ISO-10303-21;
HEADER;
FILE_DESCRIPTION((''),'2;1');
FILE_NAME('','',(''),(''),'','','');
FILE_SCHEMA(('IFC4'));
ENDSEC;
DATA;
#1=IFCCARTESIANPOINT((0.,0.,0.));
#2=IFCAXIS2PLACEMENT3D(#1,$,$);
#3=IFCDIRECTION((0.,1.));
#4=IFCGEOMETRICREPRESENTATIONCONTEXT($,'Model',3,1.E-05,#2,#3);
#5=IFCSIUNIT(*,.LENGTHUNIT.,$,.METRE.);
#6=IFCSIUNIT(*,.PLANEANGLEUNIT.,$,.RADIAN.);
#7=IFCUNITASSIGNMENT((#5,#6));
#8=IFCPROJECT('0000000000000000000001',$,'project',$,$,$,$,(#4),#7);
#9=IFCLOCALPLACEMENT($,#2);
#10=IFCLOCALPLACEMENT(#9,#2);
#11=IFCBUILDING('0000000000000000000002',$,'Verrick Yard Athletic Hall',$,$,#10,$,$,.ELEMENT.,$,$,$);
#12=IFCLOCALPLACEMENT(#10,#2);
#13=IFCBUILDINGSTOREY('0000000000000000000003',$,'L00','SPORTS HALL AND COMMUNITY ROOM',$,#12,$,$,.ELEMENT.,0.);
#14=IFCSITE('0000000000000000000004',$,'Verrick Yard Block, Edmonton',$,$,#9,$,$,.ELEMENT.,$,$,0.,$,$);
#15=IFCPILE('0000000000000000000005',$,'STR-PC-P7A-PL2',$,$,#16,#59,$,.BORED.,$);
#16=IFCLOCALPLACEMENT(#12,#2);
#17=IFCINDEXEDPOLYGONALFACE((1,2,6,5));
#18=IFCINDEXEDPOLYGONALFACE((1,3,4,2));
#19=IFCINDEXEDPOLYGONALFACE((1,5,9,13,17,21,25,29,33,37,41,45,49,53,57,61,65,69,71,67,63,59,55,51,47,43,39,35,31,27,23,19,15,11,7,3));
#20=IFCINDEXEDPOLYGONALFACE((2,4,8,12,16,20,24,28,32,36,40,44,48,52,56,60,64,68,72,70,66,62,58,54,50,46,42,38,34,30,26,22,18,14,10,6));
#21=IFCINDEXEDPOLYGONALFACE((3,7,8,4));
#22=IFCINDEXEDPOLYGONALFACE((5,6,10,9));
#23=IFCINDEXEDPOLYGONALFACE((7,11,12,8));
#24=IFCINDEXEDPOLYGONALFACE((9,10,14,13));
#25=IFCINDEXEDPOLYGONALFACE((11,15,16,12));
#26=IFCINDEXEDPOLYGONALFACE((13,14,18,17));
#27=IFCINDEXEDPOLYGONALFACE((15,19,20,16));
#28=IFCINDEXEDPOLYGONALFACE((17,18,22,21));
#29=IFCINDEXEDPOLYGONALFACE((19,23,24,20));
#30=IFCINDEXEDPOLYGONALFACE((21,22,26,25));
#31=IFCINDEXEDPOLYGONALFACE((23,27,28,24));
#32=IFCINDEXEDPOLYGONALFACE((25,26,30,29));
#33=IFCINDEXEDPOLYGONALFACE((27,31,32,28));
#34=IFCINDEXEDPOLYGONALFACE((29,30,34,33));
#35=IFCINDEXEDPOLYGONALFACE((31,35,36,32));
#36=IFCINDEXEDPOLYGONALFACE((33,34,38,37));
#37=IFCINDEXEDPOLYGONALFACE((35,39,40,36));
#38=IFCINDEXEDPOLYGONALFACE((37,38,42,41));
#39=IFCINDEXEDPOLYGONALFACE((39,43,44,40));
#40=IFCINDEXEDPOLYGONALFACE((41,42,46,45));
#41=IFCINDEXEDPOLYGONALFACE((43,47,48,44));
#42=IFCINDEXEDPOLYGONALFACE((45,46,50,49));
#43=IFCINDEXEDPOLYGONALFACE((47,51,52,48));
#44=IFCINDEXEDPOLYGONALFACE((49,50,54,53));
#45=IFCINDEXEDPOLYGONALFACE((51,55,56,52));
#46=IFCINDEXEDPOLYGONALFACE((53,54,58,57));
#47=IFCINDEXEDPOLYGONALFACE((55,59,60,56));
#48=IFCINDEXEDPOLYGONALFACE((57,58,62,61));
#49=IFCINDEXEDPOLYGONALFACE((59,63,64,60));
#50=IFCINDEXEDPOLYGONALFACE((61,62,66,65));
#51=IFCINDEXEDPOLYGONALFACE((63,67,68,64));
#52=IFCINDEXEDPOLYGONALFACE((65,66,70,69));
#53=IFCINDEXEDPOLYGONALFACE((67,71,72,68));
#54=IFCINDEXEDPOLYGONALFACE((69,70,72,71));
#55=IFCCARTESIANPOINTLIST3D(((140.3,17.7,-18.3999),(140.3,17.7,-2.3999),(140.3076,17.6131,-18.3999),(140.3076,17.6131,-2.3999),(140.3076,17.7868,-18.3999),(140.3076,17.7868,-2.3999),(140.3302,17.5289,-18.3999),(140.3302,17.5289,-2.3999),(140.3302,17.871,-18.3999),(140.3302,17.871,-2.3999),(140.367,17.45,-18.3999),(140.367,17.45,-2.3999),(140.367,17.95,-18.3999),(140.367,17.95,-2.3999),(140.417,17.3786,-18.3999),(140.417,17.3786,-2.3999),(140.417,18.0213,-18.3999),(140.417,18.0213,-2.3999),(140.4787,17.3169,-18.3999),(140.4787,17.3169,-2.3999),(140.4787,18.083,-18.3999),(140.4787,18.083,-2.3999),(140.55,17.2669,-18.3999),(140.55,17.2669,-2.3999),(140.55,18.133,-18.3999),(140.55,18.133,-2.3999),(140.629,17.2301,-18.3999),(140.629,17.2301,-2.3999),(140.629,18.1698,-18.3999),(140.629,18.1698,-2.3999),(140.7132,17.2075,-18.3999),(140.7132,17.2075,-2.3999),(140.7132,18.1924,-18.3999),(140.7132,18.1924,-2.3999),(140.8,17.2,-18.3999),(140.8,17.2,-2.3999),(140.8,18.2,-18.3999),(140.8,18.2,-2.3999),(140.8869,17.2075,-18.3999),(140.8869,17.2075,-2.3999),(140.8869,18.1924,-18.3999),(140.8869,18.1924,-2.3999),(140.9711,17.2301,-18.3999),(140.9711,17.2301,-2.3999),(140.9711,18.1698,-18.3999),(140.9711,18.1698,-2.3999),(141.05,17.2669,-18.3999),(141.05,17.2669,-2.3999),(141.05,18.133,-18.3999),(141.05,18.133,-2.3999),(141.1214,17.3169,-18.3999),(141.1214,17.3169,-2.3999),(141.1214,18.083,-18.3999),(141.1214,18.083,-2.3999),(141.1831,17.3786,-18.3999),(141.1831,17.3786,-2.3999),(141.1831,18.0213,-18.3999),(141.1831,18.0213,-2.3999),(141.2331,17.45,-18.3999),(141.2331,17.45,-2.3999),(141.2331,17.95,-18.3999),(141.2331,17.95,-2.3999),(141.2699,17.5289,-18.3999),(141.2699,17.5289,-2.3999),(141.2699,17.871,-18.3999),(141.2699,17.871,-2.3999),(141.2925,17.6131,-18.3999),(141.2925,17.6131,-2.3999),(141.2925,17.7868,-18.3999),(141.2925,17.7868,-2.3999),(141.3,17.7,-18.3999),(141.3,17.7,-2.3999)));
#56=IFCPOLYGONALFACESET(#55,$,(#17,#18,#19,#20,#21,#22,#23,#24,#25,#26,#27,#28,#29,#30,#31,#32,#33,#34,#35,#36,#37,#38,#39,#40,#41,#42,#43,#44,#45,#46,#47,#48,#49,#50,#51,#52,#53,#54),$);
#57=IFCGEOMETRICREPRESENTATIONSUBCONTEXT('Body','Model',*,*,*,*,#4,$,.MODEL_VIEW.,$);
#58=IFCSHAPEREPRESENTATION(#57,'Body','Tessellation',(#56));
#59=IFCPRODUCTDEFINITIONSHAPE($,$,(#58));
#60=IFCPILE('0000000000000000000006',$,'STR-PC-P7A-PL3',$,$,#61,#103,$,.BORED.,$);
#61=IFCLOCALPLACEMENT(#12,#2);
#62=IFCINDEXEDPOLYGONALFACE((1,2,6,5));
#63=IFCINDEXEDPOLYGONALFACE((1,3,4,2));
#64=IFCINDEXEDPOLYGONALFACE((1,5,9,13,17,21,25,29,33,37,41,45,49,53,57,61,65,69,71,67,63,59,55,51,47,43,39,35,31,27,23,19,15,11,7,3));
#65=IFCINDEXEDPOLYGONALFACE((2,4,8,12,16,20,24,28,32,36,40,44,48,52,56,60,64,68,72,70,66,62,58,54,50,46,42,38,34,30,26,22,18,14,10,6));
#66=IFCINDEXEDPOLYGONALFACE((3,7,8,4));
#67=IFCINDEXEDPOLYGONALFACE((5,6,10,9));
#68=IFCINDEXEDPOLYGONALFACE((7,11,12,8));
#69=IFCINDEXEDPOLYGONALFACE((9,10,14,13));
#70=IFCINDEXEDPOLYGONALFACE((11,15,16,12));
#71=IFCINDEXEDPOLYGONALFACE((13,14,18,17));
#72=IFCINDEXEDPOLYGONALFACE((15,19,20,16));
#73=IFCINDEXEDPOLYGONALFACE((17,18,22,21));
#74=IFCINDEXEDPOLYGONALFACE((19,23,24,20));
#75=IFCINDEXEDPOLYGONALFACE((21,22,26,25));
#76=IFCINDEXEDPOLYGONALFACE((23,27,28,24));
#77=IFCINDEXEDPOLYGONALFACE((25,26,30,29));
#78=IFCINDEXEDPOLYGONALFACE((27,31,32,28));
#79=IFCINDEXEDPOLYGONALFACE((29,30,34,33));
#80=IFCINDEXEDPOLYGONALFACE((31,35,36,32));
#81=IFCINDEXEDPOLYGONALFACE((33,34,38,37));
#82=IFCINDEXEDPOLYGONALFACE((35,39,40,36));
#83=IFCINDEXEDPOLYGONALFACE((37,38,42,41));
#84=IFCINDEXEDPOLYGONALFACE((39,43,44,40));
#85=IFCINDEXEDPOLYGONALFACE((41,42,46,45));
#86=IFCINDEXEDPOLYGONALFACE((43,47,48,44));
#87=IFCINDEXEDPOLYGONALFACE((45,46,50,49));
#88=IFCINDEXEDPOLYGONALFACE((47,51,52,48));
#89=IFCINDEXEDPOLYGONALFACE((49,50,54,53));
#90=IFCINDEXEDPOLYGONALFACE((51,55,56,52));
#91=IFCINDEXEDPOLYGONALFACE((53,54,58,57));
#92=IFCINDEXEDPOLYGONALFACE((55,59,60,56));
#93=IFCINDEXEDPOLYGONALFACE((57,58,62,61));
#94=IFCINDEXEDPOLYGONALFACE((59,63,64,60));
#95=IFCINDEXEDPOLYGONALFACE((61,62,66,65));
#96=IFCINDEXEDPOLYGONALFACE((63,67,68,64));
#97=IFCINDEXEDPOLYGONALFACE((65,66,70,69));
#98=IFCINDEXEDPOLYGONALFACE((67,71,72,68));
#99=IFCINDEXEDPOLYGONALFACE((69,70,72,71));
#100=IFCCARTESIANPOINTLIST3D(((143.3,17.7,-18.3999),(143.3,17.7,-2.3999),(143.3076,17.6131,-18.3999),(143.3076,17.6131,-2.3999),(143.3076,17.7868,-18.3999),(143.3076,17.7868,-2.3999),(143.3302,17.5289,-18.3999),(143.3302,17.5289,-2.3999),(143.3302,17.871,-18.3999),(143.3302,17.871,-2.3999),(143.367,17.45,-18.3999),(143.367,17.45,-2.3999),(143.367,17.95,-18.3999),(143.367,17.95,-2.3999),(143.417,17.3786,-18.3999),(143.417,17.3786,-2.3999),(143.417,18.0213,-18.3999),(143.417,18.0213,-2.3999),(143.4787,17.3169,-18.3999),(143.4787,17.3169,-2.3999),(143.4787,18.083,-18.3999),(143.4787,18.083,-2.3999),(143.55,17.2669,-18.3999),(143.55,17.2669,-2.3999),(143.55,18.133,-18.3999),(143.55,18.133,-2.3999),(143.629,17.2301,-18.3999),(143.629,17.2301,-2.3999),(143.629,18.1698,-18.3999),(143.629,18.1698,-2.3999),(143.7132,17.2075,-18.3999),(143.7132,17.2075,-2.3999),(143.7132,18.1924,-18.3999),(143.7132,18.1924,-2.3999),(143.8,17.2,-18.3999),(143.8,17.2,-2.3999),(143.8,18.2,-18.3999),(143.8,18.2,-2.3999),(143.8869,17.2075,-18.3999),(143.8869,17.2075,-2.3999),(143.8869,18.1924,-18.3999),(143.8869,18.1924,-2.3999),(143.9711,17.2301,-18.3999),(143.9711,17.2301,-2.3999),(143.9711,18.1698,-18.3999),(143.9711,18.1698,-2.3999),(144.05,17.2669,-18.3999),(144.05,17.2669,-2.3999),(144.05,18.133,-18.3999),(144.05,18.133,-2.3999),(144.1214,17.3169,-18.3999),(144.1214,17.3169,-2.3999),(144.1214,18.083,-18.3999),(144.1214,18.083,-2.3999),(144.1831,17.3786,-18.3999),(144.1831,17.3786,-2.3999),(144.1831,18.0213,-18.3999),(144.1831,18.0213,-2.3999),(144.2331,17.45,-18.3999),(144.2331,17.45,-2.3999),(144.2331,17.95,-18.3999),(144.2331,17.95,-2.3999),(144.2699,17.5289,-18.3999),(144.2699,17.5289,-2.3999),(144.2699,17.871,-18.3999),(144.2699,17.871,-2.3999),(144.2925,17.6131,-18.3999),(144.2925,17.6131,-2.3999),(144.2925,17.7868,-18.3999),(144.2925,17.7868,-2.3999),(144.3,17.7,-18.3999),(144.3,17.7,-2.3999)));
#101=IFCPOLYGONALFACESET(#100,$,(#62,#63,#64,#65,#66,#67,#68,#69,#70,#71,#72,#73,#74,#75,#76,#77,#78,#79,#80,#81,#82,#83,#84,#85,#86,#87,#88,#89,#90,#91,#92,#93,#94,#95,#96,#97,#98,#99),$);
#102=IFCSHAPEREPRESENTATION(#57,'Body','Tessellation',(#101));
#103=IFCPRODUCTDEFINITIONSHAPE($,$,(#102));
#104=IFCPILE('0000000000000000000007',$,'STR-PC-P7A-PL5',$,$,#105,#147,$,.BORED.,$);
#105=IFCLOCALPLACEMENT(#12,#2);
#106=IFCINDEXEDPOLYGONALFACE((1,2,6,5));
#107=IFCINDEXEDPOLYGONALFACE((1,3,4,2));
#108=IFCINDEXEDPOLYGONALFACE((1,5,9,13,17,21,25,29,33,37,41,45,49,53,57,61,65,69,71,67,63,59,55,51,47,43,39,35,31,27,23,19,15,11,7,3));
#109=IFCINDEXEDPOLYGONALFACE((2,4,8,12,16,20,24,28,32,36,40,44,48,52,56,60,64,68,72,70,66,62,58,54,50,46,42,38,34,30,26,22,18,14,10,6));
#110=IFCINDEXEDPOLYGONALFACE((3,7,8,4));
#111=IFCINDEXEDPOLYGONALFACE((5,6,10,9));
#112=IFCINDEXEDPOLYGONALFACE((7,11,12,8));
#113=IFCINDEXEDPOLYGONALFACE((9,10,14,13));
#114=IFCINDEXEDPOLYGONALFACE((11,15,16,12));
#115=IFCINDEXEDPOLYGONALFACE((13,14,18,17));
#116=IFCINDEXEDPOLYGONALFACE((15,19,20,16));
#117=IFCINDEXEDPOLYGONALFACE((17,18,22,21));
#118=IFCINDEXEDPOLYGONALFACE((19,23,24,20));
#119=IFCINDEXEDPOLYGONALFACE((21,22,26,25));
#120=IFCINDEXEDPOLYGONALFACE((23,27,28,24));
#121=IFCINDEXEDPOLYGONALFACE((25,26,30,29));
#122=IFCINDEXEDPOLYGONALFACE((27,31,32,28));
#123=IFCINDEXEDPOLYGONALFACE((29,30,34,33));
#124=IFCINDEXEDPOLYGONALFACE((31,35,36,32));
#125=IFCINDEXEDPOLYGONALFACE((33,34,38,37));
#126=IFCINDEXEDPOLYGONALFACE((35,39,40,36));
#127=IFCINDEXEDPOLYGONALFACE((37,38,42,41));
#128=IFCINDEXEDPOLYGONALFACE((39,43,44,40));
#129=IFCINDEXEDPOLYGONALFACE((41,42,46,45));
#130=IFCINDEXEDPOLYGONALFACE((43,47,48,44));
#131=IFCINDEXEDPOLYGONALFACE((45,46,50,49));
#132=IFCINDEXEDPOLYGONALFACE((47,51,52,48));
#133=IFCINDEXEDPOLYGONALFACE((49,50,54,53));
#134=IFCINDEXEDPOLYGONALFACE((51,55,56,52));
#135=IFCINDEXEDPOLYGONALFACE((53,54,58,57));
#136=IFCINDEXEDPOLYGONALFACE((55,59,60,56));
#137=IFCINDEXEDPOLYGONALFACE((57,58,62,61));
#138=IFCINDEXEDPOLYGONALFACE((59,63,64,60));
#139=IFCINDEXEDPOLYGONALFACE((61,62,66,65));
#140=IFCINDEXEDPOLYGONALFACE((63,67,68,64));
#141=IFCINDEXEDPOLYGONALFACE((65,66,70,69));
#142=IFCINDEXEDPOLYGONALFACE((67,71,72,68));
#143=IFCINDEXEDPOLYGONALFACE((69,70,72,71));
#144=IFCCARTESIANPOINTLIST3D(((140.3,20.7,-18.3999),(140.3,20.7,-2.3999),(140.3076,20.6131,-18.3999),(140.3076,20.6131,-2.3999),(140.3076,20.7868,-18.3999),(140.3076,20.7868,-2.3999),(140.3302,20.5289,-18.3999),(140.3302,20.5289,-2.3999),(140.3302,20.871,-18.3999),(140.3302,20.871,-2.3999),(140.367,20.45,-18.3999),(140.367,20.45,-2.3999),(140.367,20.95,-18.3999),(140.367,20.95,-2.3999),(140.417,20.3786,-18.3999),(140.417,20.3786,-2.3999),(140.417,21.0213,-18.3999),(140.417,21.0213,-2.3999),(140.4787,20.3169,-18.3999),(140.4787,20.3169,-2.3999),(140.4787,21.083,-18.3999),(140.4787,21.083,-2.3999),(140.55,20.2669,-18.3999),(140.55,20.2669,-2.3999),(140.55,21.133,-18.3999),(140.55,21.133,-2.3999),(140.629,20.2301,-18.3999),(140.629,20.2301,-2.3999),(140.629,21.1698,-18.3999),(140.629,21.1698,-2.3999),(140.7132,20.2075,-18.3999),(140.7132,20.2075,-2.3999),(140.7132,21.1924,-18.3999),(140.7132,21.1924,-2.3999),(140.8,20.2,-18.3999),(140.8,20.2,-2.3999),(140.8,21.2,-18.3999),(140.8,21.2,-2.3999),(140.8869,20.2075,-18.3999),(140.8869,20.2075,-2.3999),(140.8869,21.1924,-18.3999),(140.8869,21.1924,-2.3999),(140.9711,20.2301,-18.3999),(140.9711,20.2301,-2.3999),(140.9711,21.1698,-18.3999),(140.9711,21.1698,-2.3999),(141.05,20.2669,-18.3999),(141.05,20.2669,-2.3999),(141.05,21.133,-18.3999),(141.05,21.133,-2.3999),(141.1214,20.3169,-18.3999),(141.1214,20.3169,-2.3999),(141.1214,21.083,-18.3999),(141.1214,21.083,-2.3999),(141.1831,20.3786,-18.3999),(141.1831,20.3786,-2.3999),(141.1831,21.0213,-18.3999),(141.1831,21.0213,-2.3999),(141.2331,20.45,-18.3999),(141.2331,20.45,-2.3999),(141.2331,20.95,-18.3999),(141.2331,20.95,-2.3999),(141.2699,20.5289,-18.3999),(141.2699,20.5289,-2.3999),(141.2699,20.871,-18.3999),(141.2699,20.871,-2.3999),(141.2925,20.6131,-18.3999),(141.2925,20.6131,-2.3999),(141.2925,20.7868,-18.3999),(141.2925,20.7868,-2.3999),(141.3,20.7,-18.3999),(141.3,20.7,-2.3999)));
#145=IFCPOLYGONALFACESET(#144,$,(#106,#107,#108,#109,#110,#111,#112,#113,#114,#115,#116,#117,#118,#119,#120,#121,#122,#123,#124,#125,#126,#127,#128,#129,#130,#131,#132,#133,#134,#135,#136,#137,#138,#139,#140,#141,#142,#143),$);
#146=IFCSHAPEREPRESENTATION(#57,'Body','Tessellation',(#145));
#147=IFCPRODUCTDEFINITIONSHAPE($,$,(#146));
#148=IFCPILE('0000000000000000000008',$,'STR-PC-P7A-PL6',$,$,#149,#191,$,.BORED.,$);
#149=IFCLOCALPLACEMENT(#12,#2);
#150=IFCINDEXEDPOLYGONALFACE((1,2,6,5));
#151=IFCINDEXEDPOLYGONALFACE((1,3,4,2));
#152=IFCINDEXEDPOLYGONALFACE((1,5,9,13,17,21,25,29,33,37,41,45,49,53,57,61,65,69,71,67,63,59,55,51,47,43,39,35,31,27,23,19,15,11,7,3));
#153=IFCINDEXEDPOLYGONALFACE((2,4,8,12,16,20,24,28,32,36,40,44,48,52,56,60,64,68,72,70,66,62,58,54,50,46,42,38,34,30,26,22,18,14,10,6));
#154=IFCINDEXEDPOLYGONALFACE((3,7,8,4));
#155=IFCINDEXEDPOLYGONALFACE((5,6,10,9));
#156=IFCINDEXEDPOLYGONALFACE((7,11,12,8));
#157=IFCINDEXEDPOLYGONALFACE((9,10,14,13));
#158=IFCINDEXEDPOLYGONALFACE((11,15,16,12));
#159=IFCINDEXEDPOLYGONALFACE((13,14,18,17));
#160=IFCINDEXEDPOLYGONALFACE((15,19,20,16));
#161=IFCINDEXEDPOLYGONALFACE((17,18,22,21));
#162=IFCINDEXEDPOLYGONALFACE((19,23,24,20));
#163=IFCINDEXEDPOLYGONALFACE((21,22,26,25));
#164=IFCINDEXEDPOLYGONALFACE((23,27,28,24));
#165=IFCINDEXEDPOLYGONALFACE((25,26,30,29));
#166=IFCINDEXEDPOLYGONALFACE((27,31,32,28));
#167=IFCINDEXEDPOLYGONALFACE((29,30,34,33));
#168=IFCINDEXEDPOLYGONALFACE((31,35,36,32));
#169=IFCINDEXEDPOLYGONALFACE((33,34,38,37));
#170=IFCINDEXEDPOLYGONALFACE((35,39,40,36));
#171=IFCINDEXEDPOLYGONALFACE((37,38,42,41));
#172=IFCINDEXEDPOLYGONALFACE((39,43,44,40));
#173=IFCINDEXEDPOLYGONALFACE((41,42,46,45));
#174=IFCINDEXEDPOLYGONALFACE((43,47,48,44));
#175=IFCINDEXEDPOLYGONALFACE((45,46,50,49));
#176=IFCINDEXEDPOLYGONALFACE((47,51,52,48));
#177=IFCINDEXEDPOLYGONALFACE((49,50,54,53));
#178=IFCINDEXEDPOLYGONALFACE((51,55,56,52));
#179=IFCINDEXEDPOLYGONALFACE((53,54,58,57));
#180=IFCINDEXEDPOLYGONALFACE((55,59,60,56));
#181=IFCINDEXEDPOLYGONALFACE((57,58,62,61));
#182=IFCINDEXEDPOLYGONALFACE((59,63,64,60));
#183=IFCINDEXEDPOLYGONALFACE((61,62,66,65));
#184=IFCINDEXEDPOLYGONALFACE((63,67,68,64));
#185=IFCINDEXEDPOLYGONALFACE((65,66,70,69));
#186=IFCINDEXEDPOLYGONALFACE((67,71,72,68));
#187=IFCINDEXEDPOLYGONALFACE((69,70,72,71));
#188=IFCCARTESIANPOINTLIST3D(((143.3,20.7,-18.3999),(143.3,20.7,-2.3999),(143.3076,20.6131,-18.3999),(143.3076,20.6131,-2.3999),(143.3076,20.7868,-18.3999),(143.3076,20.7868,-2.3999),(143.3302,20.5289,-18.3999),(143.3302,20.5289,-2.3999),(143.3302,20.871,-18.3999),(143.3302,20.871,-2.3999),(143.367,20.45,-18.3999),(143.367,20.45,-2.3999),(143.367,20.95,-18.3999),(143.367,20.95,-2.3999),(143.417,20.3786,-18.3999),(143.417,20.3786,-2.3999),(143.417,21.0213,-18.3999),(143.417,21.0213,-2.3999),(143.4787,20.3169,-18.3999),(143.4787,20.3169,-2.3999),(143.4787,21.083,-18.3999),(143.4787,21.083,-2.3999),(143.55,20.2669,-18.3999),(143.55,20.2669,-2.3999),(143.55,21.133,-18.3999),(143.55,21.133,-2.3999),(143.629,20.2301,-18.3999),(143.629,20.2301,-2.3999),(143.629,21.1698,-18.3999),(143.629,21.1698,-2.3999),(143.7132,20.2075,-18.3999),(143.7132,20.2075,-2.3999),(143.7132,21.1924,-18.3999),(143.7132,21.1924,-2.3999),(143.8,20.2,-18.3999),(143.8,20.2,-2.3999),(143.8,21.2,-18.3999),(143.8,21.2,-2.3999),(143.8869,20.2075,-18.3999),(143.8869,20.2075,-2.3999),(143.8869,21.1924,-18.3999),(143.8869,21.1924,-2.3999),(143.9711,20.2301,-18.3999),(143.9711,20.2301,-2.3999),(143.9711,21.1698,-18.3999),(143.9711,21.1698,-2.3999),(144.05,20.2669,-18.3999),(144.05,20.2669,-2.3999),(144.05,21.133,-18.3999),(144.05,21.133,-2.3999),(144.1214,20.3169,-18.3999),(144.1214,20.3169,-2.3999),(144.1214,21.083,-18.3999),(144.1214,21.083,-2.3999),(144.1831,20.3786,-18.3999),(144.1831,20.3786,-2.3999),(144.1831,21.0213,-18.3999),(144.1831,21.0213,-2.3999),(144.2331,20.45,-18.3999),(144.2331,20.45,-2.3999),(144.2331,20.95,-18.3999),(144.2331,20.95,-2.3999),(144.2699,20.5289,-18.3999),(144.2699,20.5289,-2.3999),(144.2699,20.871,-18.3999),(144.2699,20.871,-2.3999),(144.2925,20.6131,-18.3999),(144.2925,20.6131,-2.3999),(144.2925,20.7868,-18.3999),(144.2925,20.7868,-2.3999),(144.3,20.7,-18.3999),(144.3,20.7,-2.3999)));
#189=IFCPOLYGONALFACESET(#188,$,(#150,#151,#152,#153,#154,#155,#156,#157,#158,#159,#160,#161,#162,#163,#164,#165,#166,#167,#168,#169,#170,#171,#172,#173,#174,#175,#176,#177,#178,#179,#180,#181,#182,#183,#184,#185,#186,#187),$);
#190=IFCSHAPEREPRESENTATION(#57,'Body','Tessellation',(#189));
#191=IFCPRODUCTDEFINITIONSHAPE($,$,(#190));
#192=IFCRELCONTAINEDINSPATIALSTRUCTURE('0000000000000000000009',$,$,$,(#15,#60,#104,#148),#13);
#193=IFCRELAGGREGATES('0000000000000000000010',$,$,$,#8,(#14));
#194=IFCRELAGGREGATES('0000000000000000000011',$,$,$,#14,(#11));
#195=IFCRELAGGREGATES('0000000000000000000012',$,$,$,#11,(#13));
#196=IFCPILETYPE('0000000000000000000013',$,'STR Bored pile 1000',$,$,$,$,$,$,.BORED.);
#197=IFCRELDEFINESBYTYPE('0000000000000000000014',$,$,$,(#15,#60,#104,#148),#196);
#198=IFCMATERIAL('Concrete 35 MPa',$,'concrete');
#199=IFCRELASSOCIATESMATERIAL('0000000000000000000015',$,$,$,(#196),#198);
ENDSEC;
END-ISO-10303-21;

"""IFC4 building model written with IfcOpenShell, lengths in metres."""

from ifc_helpers import new_model, si_unit, direction, frame, origin, origin_2d, place, context, subcontext, project, spatial, circle, extrude, material, type_object, element, save


model = new_model("IFC4")

# Units and contexts
model_context = context("Model", 3, precision=1e-05, world=origin(), true_north=direction((0.0, 1.0)))
body_context = subcontext(model_context, "Body", "Model", "MODEL_VIEW")
ifc_project = project(units=[si_unit("LENGTHUNIT", "METRE"), si_unit("PLANEANGLEUNIT", "RADIAN")], contexts=[model_context])

# Site, building, storey
site_placement = place(None, origin())
site = spatial("IfcSite", under=ifc_project, at=site_placement, Name="Verrick Yard Block, Edmonton", CompositionType="ELEMENT", RefElevation=0.0)
building_placement = place(site_placement, origin())
building = spatial("IfcBuilding", under=site, at=building_placement, Name="Verrick Yard Athletic Hall", CompositionType="ELEMENT")
storey_placement = place(building_placement, origin())
storey = spatial("IfcBuildingStorey", under=building, at=storey_placement, Name="L00", Description="SPORTS HALL AND COMMUNITY ROOM", CompositionType="ELEMENT", Elevation=0.0)

# Piles
ifc_material_1 = material(Name="Concrete 35 MPa", Category="concrete")
pile_type = type_object("IfcPileType", Name="STR Bored pile 1000", PredefinedType="BORED", material=ifc_material_1)
for number, where, z_axis, x_axis, name in (
    (1, (140.8, 17.7, -2.3999), (0.0, 0.0, -1.0), (1.0, 0.0, 0.0), "STR-PC-P7A-PL2"),
    (2, (143.8, 17.7, -2.3999), (0.0, 0.0, -1.0), (1.0, 0.0, 0.0), "STR-PC-P7A-PL3"),
    (3, (140.8, 20.7, -2.3999), (0.0, 0.0, -1.0), (1.0, 0.0, 0.0), "STR-PC-P7A-PL5"),
    (4, (143.8, 20.7, -2.3999), (0.0, 0.0, -1.0), (1.0, 0.0, 0.0), "STR-PC-P7A-PL6"),
):
    element("IfcPile", number, at=place(storey_placement, frame(where, z_axis=z_axis, x_axis=x_axis)), inside=storey, type_object=pile_type, Name=name, PredefinedType="BORED", context=body_context, shape_type="SweptSolid", body=[
        extrude(circle(Radius=0.5, at=origin_2d()), origin(), (0.0, 0.0, 1.0), 16.0),
    ])

save(model, "model.ifc")
